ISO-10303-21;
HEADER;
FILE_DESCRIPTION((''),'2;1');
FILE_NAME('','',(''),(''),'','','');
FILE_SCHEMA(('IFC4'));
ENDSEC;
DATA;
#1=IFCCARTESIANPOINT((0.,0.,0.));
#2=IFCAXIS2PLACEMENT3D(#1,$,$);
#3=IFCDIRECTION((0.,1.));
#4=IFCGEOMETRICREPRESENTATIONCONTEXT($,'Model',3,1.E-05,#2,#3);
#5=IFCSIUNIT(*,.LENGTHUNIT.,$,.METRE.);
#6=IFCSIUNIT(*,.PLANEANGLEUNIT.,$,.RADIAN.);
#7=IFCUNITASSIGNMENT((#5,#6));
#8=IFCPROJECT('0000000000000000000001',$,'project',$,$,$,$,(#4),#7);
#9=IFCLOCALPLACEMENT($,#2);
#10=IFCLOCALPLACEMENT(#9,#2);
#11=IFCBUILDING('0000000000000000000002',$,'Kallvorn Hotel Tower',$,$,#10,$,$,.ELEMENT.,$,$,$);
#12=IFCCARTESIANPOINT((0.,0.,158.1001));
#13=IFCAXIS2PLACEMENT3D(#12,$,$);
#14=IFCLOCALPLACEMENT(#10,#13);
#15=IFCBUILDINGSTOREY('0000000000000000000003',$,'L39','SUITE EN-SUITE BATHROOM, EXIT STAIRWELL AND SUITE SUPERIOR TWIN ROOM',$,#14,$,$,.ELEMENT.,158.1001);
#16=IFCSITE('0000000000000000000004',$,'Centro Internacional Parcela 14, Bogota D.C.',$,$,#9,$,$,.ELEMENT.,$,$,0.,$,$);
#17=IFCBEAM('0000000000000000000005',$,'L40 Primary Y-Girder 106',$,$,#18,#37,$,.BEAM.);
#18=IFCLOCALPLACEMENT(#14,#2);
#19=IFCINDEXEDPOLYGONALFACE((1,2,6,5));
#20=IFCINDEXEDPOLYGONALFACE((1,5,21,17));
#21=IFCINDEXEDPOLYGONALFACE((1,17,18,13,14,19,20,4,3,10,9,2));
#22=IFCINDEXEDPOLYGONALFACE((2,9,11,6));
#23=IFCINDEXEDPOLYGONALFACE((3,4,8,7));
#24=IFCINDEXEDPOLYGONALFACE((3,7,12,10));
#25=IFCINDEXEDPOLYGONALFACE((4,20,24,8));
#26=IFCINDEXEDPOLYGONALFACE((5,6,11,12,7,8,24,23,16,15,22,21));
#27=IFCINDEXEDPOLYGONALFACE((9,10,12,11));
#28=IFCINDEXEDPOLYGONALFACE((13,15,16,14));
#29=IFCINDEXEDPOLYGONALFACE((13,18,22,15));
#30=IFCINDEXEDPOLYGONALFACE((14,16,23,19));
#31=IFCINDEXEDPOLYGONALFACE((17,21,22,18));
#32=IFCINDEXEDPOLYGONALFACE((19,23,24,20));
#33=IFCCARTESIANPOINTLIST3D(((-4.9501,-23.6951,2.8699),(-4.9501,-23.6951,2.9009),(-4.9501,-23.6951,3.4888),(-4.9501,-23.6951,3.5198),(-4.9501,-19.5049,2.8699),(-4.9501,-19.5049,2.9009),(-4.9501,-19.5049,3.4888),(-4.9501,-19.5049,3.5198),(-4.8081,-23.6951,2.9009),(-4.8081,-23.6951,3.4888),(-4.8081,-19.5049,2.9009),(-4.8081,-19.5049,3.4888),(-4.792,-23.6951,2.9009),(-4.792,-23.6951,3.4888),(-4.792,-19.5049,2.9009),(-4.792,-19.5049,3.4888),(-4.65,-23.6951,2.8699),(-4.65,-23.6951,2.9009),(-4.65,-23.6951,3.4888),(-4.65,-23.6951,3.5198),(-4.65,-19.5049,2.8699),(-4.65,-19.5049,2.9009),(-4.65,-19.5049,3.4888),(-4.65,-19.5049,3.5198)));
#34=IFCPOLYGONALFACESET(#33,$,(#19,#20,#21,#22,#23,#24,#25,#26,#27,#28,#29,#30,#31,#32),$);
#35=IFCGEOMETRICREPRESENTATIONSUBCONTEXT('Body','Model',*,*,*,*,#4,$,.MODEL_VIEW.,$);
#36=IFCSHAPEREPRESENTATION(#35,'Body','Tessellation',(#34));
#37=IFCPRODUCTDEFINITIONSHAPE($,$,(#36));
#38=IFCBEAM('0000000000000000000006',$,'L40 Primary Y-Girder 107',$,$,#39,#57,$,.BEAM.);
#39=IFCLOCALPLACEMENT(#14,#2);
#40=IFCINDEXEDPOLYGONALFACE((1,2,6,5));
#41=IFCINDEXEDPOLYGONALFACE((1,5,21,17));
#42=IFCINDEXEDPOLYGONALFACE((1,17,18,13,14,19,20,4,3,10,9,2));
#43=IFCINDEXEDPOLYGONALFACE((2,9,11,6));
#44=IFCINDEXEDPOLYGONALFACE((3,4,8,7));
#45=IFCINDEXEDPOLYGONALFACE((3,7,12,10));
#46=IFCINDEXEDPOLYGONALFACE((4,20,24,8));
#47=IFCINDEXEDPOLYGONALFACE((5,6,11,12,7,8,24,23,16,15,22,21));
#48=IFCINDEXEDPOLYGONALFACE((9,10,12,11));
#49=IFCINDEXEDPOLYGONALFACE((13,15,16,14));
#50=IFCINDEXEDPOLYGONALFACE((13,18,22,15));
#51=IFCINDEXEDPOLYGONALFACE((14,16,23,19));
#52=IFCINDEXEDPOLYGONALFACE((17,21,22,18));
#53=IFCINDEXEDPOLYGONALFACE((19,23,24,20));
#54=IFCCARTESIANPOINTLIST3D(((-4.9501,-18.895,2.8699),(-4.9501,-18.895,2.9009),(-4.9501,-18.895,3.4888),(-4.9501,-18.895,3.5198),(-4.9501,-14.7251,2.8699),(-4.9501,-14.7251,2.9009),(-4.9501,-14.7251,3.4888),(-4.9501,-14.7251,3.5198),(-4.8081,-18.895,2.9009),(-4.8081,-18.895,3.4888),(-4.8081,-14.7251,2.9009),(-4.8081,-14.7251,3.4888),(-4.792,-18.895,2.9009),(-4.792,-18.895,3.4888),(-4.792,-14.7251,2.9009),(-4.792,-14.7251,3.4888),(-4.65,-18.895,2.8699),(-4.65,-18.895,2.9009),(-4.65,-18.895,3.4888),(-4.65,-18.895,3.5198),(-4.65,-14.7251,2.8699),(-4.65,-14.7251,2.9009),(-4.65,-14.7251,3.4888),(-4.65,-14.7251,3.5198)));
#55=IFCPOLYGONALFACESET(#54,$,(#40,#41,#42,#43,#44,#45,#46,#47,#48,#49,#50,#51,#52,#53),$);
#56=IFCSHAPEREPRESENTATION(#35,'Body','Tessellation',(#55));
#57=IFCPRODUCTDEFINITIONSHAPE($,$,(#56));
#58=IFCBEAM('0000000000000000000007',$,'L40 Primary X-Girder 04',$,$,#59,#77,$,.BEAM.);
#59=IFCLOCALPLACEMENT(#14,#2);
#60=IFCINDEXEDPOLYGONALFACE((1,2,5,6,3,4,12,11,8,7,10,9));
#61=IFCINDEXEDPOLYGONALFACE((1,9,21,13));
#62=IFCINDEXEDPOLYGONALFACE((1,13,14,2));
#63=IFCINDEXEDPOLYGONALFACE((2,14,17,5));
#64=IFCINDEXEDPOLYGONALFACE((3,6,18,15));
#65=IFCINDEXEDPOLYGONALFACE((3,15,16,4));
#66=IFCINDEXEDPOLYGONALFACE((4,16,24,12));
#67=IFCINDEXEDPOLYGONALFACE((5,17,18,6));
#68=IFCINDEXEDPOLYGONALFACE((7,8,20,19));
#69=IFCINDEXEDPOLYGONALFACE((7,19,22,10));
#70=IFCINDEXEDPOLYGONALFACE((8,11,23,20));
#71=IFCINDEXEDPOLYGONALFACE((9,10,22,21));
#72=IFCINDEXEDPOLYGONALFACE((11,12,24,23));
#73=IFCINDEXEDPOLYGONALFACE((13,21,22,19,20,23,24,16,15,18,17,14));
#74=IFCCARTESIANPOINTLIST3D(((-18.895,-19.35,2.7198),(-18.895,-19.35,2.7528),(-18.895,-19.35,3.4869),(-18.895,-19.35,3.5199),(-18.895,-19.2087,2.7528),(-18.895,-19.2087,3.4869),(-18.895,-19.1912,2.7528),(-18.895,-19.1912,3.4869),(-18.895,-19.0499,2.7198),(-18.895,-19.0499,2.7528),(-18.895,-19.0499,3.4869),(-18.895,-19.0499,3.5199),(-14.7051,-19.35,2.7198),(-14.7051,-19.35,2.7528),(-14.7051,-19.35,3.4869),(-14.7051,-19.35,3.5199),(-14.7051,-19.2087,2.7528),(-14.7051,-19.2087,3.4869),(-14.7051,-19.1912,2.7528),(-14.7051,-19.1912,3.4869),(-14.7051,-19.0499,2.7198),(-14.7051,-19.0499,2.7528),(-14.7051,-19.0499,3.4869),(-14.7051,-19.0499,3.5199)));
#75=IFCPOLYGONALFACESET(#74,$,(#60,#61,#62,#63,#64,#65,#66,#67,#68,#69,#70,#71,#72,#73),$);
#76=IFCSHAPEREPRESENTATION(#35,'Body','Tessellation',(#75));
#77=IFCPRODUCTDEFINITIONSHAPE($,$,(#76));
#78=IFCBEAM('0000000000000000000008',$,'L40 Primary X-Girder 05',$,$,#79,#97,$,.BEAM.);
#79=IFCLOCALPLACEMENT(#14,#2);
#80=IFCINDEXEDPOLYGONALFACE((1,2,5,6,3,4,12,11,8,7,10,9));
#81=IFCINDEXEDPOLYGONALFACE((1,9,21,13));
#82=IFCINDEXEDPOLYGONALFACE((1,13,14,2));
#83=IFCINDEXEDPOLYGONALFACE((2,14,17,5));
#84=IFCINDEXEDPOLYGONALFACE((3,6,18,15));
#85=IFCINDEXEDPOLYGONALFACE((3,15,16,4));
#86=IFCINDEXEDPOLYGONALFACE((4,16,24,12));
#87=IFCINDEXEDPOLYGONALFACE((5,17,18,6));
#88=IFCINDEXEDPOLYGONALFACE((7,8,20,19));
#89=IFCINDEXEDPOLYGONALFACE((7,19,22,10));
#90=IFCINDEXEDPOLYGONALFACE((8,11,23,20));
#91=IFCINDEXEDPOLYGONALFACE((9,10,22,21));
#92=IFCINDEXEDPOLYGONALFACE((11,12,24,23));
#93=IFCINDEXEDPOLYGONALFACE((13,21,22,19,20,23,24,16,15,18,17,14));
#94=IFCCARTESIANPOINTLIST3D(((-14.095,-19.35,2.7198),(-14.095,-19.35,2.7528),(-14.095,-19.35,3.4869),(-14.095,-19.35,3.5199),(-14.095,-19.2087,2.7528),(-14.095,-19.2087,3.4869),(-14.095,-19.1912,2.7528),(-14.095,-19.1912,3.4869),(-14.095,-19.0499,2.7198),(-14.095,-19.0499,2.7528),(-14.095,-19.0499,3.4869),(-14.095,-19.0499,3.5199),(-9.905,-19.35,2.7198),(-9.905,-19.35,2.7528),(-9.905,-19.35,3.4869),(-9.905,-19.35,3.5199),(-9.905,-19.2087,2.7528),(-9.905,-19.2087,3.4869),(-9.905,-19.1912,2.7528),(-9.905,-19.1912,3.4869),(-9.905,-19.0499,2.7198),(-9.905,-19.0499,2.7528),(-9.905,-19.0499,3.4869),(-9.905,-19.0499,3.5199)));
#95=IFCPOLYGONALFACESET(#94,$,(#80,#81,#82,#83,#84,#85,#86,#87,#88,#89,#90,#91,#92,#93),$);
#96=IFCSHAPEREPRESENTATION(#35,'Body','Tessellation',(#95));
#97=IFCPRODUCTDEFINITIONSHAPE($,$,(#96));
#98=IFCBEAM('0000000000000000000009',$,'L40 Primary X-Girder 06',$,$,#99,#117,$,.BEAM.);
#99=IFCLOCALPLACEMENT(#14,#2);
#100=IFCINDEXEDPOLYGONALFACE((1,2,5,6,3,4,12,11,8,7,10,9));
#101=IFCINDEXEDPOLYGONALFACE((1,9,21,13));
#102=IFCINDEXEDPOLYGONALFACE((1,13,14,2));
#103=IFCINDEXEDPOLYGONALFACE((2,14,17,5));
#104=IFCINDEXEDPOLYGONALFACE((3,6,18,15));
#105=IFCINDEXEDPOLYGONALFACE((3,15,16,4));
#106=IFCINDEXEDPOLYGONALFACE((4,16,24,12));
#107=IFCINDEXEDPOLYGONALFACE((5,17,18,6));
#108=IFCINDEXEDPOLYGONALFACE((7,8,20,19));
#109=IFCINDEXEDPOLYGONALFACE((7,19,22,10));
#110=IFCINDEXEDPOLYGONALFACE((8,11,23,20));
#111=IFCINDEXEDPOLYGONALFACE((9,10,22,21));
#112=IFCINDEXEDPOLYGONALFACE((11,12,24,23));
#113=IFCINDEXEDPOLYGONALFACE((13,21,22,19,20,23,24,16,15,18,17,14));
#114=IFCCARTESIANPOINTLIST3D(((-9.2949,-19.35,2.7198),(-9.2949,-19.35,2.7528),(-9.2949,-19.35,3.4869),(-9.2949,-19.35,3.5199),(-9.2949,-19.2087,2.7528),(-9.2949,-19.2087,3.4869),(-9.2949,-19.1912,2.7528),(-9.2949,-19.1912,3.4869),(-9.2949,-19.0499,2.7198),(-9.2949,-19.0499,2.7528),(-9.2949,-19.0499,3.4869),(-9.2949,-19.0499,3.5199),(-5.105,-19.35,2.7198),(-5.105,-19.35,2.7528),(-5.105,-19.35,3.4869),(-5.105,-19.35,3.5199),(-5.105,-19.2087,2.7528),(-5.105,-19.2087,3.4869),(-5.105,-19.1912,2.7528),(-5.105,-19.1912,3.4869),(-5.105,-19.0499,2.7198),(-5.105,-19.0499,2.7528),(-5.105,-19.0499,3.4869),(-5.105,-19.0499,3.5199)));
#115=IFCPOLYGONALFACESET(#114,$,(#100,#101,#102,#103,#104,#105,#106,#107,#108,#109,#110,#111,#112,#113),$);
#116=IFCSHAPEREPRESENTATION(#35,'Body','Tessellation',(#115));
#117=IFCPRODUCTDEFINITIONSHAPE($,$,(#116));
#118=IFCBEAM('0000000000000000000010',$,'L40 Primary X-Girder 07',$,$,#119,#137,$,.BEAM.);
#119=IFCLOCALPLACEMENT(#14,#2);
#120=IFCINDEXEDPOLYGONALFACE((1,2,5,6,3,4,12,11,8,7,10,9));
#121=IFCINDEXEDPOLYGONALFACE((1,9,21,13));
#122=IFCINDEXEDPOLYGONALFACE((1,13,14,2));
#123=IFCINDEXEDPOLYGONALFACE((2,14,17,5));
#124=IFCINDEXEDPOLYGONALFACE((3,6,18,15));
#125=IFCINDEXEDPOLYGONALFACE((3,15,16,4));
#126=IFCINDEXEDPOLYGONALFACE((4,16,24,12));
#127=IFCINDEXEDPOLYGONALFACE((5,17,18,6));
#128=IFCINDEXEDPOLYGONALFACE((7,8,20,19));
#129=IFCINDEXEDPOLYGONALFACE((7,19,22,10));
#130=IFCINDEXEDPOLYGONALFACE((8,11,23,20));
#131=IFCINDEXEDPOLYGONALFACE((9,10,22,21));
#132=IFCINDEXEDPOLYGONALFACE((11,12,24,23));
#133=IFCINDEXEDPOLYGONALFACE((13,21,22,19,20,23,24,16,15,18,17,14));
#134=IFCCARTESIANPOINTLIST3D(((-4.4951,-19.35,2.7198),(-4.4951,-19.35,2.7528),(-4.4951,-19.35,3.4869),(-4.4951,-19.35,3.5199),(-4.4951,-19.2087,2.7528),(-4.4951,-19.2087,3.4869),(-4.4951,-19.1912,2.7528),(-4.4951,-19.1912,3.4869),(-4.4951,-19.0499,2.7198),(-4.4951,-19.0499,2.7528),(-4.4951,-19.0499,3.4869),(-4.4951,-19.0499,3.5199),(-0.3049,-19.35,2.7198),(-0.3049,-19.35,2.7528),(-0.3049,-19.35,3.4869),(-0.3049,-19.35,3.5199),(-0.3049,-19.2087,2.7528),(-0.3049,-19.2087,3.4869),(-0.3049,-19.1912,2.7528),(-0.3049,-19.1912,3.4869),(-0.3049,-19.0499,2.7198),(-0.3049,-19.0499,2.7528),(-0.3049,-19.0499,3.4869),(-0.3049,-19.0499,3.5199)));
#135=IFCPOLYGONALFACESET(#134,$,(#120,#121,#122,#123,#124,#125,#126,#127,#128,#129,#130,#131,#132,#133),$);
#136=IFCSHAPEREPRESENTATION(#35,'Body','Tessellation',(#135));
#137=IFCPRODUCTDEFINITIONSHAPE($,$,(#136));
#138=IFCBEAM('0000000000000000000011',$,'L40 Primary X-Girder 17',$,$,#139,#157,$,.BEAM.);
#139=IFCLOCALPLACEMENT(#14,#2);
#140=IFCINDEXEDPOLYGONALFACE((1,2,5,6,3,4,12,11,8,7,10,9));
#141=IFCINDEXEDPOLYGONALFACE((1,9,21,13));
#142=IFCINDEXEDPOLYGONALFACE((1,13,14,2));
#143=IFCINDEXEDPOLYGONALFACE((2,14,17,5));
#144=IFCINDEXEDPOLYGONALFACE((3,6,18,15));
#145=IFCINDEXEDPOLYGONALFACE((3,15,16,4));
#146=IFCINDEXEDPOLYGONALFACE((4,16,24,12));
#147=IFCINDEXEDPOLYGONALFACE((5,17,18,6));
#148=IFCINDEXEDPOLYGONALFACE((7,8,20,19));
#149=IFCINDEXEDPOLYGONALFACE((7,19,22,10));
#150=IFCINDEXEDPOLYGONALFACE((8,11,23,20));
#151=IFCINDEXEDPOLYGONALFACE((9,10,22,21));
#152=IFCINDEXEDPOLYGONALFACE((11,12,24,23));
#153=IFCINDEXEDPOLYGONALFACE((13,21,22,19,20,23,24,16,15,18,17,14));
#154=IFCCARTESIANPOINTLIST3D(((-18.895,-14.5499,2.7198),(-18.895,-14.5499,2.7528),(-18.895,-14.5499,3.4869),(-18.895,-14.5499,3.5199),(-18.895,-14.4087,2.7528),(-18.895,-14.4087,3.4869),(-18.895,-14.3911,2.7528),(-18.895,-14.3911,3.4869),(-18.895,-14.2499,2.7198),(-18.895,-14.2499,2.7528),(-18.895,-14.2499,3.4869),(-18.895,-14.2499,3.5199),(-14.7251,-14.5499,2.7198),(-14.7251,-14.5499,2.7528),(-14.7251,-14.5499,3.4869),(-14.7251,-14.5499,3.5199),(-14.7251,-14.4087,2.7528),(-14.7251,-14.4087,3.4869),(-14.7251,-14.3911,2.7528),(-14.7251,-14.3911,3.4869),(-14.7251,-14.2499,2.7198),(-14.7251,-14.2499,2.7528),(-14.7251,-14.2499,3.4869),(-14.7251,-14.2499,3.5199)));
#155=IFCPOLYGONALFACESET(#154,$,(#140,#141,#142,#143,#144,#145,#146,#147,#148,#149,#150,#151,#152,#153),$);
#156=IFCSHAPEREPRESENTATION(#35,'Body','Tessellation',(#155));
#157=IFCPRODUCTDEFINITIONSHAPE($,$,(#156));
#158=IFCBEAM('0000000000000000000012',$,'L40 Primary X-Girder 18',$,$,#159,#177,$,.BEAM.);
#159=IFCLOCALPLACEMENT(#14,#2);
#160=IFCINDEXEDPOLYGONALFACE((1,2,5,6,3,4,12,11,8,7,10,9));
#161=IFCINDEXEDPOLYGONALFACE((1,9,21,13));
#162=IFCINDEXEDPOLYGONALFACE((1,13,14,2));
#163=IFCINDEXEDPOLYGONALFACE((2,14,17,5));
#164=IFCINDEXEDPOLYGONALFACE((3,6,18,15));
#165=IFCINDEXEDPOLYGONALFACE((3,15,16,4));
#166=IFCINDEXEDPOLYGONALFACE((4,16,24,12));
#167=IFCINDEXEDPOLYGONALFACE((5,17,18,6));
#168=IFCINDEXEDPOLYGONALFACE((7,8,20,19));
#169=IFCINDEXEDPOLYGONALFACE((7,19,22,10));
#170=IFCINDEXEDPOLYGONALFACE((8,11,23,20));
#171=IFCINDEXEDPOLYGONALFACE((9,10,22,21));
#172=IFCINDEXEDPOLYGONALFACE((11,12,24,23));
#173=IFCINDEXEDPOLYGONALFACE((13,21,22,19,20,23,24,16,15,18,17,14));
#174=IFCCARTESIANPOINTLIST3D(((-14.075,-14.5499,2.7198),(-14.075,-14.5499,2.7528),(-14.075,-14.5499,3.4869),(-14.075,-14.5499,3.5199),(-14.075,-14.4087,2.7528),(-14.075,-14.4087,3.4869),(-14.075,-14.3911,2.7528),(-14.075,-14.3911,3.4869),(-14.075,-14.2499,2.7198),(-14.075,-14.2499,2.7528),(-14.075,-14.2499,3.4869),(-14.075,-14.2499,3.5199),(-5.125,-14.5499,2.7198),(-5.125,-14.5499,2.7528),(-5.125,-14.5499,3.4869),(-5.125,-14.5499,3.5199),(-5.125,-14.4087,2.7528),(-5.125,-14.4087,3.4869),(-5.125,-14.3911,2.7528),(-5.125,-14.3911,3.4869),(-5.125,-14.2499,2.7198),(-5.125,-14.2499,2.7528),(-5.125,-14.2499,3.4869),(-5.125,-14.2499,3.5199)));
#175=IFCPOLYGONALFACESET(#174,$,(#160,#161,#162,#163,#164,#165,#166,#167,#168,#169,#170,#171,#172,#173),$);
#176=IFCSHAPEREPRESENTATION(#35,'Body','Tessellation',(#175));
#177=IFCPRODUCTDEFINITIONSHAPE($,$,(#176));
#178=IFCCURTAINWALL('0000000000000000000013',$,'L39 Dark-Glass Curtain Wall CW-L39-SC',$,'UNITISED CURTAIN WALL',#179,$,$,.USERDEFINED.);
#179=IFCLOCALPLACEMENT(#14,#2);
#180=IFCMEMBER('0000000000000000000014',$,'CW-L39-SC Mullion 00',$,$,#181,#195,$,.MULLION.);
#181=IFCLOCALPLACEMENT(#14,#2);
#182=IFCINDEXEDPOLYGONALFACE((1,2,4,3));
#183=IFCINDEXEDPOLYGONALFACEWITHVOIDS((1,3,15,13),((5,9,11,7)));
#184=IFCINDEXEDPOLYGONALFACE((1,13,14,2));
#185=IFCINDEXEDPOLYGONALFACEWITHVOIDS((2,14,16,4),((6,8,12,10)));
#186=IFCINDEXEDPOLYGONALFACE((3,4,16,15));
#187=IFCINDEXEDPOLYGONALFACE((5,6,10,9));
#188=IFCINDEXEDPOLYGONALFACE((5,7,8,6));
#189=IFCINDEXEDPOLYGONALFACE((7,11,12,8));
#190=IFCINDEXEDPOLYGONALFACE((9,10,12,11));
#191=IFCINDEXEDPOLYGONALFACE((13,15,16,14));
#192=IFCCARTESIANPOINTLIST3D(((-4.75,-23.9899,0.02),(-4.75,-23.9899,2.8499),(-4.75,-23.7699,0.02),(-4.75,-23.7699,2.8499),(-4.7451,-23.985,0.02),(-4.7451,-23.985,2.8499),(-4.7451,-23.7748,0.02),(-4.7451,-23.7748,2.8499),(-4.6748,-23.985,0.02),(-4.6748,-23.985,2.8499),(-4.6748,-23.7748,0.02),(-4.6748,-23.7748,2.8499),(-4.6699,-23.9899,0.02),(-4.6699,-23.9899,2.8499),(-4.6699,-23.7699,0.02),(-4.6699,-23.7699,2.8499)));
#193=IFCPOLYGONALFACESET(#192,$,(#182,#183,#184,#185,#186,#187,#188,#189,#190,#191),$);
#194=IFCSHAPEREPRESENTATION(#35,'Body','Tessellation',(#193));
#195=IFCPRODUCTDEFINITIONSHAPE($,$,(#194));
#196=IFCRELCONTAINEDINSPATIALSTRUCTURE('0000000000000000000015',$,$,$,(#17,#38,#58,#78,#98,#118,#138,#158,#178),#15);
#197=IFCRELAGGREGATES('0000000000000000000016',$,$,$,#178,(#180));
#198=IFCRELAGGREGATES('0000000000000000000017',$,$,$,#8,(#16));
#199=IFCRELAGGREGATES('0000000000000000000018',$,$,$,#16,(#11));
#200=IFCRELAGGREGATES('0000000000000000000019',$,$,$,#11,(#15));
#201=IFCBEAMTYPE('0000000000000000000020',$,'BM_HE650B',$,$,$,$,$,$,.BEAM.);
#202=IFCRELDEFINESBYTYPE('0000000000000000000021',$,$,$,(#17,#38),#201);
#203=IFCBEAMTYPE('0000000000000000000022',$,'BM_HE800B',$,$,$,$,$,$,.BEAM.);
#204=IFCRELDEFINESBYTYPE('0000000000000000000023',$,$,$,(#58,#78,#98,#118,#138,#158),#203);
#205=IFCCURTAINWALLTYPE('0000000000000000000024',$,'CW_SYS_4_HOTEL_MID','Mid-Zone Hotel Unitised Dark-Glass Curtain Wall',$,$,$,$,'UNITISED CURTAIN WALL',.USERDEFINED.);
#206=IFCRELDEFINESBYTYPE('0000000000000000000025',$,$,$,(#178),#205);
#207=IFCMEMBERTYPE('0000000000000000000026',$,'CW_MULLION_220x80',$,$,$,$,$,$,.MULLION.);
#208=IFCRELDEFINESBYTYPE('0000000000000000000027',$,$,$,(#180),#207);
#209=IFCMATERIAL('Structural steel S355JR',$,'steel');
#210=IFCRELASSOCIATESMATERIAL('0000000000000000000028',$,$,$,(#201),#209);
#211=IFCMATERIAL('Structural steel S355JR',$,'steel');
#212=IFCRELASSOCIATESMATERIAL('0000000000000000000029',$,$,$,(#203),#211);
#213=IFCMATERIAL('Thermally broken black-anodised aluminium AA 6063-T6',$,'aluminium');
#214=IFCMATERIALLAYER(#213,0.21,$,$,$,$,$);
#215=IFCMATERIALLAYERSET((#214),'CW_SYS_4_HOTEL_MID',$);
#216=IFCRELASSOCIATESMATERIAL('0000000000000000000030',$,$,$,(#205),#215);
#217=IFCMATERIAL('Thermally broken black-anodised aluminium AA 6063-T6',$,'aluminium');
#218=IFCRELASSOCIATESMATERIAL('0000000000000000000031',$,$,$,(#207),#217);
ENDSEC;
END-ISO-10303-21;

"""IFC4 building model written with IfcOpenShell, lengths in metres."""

from ifc_helpers import new_model, si_unit, direction, frame, origin, origin_2d, place, context, subcontext, project, spatial, hollow_rectangle, i_section, extrude, material, layer, layer_set, material_profile, profile_set, type_object, element, aggregate, save


model = new_model("IFC4")

# Units and contexts
model_context = context("Model", 3, precision=1e-05, world=origin(), true_north=direction((0.0, 1.0)))
body_context = subcontext(model_context, "Body", "Model", "MODEL_VIEW")
ifc_project = project(units=[si_unit("LENGTHUNIT", "METRE"), si_unit("PLANEANGLEUNIT", "RADIAN")], contexts=[model_context])

# Site, building, storey
site_placement = place(None, origin())
site = spatial("IfcSite", under=ifc_project, at=site_placement, Name="Centro Internacional Parcela 14, Bogota D.C.", CompositionType="ELEMENT", RefElevation=0.0)
building_placement = place(site_placement, origin())
building = spatial("IfcBuilding", under=site, at=building_placement, Name="Kallvorn Hotel Tower", CompositionType="ELEMENT")
storey_placement = place(building_placement, frame((0.0, 0.0, 158.1001)))
storey = spatial("IfcBuildingStorey", under=building, at=storey_placement, Name="L39", Description="SUITE EN-SUITE BATHROOM, EXIT STAIRWELL AND SUITE SUPERIOR TWIN ROOM", CompositionType="ELEMENT", Elevation=158.1001)

# Beams
ifc_material_1 = material(Name="Structural steel S355JR", Category="steel")
ifc_material_profile_1 = material_profile(ifc_material_1, i_section(OverallWidth=0.3, OverallDepth=0.6499, WebThickness=0.0161, FlangeThickness=0.031, at=origin_2d()), Name="HE 650 B")
ifc_profile_set_1 = profile_set([ifc_material_profile_1], Name="Structural steel S355JR")
beam_type_1 = type_object("IfcBeamType", Name="BM_HE650B", PredefinedType="BEAM", material=ifc_profile_set_1)
for number, where, z_axis, x_axis, name in (
    (1, (-4.8, -23.6951, 3.1948), (0.0, 1.0, 0.0), (-1.0, 0.0, 0.0), "L40 Primary Y-Girder 106"),
):
    element("IfcBeam", number, at=place(storey_placement, frame(where, z_axis=z_axis, x_axis=x_axis)), inside=storey, type_object=beam_type_1, Name=name, PredefinedType="BEAM", context=body_context, shape_type="SweptSolid", body=[
        extrude(i_section(OverallWidth=0.3, OverallDepth=0.6499, WebThickness=0.0161, FlangeThickness=0.031, at=origin_2d()), origin(), (0.0, 0.0, 1.0), 4.1902),
    ])
beam_1_placement = place(storey_placement, frame((-4.8, -18.895, 3.1948), z_axis=(0.0, 1.0, 0.0), x_axis=(-1.0, 0.0, 0.0)))
element("IfcBeam", 2, at=beam_1_placement, inside=storey, type_object=beam_type_1, Name="L40 Primary Y-Girder 107", PredefinedType="BEAM", context=body_context, shape_type="SweptSolid", body=[
    extrude(i_section(OverallWidth=0.3, OverallDepth=0.6499, WebThickness=0.0161, FlangeThickness=0.031, at=origin_2d()), origin(), (0.0, 0.0, 1.0), 4.1699),
])
ifc_material_2 = material(Name="Structural steel S355JR", Category="steel")
ifc_material_profile_2 = material_profile(ifc_material_2, i_section(OverallWidth=0.3, OverallDepth=0.8, WebThickness=0.0176, FlangeThickness=0.033, at=origin_2d()), Name="HE 800 B")
ifc_profile_set_2 = profile_set([ifc_material_profile_2], Name="Structural steel S355JR")
beam_type_2 = type_object("IfcBeamType", Name="BM_HE800B", PredefinedType="BEAM", material=ifc_profile_set_2)
for number, where, z_axis, x_axis, name in (
    (3, (-18.895, -19.2, 3.1199), (1.0, 0.0, 0.0), (0.0, 1.0, 0.0), "L40 Primary X-Girder 04"),
    (4, (-14.095, -19.2, 3.1199), (1.0, 0.0, 0.0), (0.0, 1.0, 0.0), "L40 Primary X-Girder 05"),
    (5, (-9.2949, -19.2, 3.1199), (1.0, 0.0, 0.0), (0.0, 1.0, 0.0), "L40 Primary X-Girder 06"),
):
    element("IfcBeam", number, at=place(storey_placement, frame(where, z_axis=z_axis, x_axis=x_axis)), inside=storey, type_object=beam_type_2, Name=name, PredefinedType="BEAM", context=body_context, shape_type="SweptSolid", body=[
        extrude(i_section(OverallWidth=0.3, OverallDepth=0.8, WebThickness=0.0176, FlangeThickness=0.033, at=origin_2d()), origin(), (0.0, 0.0, 1.0), 4.1899),
    ])
beam_2_placement = place(storey_placement, frame((-4.4951, -19.2, 3.1199), z_axis=(1.0, 0.0, 0.0), x_axis=(0.0, 1.0, 0.0)))
element("IfcBeam", 6, at=beam_2_placement, inside=storey, type_object=beam_type_2, Name="L40 Primary X-Girder 07", PredefinedType="BEAM", context=body_context, shape_type="SweptSolid", body=[
    extrude(i_section(OverallWidth=0.3, OverallDepth=0.8, WebThickness=0.0176, FlangeThickness=0.033, at=origin_2d()), origin(), (0.0, 0.0, 1.0), 4.1902),
])
beam_3_placement = place(storey_placement, frame((-18.895, -14.3999, 3.1199), z_axis=(1.0, 0.0, 0.0), x_axis=(0.0, 1.0, 0.0)))
element("IfcBeam", 7, at=beam_3_placement, inside=storey, type_object=beam_type_2, Name="L40 Primary X-Girder 17", PredefinedType="BEAM", context=body_context, shape_type="SweptSolid", body=[
    extrude(i_section(OverallWidth=0.3, OverallDepth=0.8, WebThickness=0.0176, FlangeThickness=0.033, at=origin_2d()), origin(), (0.0, 0.0, 1.0), 4.1699),
])
beam_4_placement = place(storey_placement, frame((-14.075, -14.3999, 3.1199), z_axis=(1.0, 0.0, 0.0), x_axis=(0.0, 1.0, 0.0)))
element("IfcBeam", 8, at=beam_4_placement, inside=storey, type_object=beam_type_2, Name="L40 Primary X-Girder 18", PredefinedType="BEAM", context=body_context, shape_type="SweptSolid", body=[
    extrude(i_section(OverallWidth=0.3, OverallDepth=0.8, WebThickness=0.0176, FlangeThickness=0.033, at=origin_2d()), origin(), (0.0, 0.0, 1.0), 8.95),
])

# Curtain wall, member
ifc_material_3 = material(Name="Thermally broken black-anodised aluminium AA 6063-T6", Category="aluminium")
ifc_layer_1 = layer(ifc_material_3, 0.21)
ifc_layer_set_1 = layer_set([ifc_layer_1], Name="CW_SYS_4_HOTEL_MID")
curtain_wall_type = type_object("IfcCurtainWallType", Name="CW_SYS_4_HOTEL_MID", Description="Mid-Zone Hotel Unitised Dark-Glass Curtain Wall", ElementType="UNITISED CURTAIN WALL", PredefinedType="USERDEFINED", material=ifc_layer_set_1)
curtain_wall_placement = place(storey_placement, origin())
curtain_wall = element("IfcCurtainWall", 9, at=curtain_wall_placement, inside=storey, type_object=curtain_wall_type, Name="L39 Dark-Glass Curtain Wall CW-L39-SC", ObjectType="UNITISED CURTAIN WALL", PredefinedType="USERDEFINED")
ifc_material_4 = material(Name="Thermally broken black-anodised aluminium AA 6063-T6", Category="aluminium")
ifc_material_profile_3 = material_profile(ifc_material_4, hollow_rectangle(XDim=0.0801, YDim=0.22, WallThickness=0.0049, at=origin_2d()), Name="MUL 220x80")
ifc_profile_set_3 = profile_set([ifc_material_profile_3], Name="Thermally broken black-anodised aluminium AA 6063-T6")
member_type_1 = type_object("IfcMemberType", Name="CW_MULLION_220x80", PredefinedType="MULLION", material=ifc_profile_set_3)
member_1_placement = place(storey_placement, frame((-4.71, -23.8799, 0.02), z_axis=(0.0, 0.0, 1.0), x_axis=(1.0, 0.0, 0.0)))
member_1 = element("IfcMember", 10, at=member_1_placement, type_object=member_type_1, Name="CW-L39-SC Mullion 00", PredefinedType="MULLION", context=body_context, shape_type="SweptSolid", body=[
    extrude(hollow_rectangle(XDim=0.0801, YDim=0.22, WallThickness=0.0049, at=origin_2d()), origin(), (0.0, 0.0, 1.0), 2.8298),
])
aggregate(curtain_wall, [member_1])

save(model, "model.ifc")
